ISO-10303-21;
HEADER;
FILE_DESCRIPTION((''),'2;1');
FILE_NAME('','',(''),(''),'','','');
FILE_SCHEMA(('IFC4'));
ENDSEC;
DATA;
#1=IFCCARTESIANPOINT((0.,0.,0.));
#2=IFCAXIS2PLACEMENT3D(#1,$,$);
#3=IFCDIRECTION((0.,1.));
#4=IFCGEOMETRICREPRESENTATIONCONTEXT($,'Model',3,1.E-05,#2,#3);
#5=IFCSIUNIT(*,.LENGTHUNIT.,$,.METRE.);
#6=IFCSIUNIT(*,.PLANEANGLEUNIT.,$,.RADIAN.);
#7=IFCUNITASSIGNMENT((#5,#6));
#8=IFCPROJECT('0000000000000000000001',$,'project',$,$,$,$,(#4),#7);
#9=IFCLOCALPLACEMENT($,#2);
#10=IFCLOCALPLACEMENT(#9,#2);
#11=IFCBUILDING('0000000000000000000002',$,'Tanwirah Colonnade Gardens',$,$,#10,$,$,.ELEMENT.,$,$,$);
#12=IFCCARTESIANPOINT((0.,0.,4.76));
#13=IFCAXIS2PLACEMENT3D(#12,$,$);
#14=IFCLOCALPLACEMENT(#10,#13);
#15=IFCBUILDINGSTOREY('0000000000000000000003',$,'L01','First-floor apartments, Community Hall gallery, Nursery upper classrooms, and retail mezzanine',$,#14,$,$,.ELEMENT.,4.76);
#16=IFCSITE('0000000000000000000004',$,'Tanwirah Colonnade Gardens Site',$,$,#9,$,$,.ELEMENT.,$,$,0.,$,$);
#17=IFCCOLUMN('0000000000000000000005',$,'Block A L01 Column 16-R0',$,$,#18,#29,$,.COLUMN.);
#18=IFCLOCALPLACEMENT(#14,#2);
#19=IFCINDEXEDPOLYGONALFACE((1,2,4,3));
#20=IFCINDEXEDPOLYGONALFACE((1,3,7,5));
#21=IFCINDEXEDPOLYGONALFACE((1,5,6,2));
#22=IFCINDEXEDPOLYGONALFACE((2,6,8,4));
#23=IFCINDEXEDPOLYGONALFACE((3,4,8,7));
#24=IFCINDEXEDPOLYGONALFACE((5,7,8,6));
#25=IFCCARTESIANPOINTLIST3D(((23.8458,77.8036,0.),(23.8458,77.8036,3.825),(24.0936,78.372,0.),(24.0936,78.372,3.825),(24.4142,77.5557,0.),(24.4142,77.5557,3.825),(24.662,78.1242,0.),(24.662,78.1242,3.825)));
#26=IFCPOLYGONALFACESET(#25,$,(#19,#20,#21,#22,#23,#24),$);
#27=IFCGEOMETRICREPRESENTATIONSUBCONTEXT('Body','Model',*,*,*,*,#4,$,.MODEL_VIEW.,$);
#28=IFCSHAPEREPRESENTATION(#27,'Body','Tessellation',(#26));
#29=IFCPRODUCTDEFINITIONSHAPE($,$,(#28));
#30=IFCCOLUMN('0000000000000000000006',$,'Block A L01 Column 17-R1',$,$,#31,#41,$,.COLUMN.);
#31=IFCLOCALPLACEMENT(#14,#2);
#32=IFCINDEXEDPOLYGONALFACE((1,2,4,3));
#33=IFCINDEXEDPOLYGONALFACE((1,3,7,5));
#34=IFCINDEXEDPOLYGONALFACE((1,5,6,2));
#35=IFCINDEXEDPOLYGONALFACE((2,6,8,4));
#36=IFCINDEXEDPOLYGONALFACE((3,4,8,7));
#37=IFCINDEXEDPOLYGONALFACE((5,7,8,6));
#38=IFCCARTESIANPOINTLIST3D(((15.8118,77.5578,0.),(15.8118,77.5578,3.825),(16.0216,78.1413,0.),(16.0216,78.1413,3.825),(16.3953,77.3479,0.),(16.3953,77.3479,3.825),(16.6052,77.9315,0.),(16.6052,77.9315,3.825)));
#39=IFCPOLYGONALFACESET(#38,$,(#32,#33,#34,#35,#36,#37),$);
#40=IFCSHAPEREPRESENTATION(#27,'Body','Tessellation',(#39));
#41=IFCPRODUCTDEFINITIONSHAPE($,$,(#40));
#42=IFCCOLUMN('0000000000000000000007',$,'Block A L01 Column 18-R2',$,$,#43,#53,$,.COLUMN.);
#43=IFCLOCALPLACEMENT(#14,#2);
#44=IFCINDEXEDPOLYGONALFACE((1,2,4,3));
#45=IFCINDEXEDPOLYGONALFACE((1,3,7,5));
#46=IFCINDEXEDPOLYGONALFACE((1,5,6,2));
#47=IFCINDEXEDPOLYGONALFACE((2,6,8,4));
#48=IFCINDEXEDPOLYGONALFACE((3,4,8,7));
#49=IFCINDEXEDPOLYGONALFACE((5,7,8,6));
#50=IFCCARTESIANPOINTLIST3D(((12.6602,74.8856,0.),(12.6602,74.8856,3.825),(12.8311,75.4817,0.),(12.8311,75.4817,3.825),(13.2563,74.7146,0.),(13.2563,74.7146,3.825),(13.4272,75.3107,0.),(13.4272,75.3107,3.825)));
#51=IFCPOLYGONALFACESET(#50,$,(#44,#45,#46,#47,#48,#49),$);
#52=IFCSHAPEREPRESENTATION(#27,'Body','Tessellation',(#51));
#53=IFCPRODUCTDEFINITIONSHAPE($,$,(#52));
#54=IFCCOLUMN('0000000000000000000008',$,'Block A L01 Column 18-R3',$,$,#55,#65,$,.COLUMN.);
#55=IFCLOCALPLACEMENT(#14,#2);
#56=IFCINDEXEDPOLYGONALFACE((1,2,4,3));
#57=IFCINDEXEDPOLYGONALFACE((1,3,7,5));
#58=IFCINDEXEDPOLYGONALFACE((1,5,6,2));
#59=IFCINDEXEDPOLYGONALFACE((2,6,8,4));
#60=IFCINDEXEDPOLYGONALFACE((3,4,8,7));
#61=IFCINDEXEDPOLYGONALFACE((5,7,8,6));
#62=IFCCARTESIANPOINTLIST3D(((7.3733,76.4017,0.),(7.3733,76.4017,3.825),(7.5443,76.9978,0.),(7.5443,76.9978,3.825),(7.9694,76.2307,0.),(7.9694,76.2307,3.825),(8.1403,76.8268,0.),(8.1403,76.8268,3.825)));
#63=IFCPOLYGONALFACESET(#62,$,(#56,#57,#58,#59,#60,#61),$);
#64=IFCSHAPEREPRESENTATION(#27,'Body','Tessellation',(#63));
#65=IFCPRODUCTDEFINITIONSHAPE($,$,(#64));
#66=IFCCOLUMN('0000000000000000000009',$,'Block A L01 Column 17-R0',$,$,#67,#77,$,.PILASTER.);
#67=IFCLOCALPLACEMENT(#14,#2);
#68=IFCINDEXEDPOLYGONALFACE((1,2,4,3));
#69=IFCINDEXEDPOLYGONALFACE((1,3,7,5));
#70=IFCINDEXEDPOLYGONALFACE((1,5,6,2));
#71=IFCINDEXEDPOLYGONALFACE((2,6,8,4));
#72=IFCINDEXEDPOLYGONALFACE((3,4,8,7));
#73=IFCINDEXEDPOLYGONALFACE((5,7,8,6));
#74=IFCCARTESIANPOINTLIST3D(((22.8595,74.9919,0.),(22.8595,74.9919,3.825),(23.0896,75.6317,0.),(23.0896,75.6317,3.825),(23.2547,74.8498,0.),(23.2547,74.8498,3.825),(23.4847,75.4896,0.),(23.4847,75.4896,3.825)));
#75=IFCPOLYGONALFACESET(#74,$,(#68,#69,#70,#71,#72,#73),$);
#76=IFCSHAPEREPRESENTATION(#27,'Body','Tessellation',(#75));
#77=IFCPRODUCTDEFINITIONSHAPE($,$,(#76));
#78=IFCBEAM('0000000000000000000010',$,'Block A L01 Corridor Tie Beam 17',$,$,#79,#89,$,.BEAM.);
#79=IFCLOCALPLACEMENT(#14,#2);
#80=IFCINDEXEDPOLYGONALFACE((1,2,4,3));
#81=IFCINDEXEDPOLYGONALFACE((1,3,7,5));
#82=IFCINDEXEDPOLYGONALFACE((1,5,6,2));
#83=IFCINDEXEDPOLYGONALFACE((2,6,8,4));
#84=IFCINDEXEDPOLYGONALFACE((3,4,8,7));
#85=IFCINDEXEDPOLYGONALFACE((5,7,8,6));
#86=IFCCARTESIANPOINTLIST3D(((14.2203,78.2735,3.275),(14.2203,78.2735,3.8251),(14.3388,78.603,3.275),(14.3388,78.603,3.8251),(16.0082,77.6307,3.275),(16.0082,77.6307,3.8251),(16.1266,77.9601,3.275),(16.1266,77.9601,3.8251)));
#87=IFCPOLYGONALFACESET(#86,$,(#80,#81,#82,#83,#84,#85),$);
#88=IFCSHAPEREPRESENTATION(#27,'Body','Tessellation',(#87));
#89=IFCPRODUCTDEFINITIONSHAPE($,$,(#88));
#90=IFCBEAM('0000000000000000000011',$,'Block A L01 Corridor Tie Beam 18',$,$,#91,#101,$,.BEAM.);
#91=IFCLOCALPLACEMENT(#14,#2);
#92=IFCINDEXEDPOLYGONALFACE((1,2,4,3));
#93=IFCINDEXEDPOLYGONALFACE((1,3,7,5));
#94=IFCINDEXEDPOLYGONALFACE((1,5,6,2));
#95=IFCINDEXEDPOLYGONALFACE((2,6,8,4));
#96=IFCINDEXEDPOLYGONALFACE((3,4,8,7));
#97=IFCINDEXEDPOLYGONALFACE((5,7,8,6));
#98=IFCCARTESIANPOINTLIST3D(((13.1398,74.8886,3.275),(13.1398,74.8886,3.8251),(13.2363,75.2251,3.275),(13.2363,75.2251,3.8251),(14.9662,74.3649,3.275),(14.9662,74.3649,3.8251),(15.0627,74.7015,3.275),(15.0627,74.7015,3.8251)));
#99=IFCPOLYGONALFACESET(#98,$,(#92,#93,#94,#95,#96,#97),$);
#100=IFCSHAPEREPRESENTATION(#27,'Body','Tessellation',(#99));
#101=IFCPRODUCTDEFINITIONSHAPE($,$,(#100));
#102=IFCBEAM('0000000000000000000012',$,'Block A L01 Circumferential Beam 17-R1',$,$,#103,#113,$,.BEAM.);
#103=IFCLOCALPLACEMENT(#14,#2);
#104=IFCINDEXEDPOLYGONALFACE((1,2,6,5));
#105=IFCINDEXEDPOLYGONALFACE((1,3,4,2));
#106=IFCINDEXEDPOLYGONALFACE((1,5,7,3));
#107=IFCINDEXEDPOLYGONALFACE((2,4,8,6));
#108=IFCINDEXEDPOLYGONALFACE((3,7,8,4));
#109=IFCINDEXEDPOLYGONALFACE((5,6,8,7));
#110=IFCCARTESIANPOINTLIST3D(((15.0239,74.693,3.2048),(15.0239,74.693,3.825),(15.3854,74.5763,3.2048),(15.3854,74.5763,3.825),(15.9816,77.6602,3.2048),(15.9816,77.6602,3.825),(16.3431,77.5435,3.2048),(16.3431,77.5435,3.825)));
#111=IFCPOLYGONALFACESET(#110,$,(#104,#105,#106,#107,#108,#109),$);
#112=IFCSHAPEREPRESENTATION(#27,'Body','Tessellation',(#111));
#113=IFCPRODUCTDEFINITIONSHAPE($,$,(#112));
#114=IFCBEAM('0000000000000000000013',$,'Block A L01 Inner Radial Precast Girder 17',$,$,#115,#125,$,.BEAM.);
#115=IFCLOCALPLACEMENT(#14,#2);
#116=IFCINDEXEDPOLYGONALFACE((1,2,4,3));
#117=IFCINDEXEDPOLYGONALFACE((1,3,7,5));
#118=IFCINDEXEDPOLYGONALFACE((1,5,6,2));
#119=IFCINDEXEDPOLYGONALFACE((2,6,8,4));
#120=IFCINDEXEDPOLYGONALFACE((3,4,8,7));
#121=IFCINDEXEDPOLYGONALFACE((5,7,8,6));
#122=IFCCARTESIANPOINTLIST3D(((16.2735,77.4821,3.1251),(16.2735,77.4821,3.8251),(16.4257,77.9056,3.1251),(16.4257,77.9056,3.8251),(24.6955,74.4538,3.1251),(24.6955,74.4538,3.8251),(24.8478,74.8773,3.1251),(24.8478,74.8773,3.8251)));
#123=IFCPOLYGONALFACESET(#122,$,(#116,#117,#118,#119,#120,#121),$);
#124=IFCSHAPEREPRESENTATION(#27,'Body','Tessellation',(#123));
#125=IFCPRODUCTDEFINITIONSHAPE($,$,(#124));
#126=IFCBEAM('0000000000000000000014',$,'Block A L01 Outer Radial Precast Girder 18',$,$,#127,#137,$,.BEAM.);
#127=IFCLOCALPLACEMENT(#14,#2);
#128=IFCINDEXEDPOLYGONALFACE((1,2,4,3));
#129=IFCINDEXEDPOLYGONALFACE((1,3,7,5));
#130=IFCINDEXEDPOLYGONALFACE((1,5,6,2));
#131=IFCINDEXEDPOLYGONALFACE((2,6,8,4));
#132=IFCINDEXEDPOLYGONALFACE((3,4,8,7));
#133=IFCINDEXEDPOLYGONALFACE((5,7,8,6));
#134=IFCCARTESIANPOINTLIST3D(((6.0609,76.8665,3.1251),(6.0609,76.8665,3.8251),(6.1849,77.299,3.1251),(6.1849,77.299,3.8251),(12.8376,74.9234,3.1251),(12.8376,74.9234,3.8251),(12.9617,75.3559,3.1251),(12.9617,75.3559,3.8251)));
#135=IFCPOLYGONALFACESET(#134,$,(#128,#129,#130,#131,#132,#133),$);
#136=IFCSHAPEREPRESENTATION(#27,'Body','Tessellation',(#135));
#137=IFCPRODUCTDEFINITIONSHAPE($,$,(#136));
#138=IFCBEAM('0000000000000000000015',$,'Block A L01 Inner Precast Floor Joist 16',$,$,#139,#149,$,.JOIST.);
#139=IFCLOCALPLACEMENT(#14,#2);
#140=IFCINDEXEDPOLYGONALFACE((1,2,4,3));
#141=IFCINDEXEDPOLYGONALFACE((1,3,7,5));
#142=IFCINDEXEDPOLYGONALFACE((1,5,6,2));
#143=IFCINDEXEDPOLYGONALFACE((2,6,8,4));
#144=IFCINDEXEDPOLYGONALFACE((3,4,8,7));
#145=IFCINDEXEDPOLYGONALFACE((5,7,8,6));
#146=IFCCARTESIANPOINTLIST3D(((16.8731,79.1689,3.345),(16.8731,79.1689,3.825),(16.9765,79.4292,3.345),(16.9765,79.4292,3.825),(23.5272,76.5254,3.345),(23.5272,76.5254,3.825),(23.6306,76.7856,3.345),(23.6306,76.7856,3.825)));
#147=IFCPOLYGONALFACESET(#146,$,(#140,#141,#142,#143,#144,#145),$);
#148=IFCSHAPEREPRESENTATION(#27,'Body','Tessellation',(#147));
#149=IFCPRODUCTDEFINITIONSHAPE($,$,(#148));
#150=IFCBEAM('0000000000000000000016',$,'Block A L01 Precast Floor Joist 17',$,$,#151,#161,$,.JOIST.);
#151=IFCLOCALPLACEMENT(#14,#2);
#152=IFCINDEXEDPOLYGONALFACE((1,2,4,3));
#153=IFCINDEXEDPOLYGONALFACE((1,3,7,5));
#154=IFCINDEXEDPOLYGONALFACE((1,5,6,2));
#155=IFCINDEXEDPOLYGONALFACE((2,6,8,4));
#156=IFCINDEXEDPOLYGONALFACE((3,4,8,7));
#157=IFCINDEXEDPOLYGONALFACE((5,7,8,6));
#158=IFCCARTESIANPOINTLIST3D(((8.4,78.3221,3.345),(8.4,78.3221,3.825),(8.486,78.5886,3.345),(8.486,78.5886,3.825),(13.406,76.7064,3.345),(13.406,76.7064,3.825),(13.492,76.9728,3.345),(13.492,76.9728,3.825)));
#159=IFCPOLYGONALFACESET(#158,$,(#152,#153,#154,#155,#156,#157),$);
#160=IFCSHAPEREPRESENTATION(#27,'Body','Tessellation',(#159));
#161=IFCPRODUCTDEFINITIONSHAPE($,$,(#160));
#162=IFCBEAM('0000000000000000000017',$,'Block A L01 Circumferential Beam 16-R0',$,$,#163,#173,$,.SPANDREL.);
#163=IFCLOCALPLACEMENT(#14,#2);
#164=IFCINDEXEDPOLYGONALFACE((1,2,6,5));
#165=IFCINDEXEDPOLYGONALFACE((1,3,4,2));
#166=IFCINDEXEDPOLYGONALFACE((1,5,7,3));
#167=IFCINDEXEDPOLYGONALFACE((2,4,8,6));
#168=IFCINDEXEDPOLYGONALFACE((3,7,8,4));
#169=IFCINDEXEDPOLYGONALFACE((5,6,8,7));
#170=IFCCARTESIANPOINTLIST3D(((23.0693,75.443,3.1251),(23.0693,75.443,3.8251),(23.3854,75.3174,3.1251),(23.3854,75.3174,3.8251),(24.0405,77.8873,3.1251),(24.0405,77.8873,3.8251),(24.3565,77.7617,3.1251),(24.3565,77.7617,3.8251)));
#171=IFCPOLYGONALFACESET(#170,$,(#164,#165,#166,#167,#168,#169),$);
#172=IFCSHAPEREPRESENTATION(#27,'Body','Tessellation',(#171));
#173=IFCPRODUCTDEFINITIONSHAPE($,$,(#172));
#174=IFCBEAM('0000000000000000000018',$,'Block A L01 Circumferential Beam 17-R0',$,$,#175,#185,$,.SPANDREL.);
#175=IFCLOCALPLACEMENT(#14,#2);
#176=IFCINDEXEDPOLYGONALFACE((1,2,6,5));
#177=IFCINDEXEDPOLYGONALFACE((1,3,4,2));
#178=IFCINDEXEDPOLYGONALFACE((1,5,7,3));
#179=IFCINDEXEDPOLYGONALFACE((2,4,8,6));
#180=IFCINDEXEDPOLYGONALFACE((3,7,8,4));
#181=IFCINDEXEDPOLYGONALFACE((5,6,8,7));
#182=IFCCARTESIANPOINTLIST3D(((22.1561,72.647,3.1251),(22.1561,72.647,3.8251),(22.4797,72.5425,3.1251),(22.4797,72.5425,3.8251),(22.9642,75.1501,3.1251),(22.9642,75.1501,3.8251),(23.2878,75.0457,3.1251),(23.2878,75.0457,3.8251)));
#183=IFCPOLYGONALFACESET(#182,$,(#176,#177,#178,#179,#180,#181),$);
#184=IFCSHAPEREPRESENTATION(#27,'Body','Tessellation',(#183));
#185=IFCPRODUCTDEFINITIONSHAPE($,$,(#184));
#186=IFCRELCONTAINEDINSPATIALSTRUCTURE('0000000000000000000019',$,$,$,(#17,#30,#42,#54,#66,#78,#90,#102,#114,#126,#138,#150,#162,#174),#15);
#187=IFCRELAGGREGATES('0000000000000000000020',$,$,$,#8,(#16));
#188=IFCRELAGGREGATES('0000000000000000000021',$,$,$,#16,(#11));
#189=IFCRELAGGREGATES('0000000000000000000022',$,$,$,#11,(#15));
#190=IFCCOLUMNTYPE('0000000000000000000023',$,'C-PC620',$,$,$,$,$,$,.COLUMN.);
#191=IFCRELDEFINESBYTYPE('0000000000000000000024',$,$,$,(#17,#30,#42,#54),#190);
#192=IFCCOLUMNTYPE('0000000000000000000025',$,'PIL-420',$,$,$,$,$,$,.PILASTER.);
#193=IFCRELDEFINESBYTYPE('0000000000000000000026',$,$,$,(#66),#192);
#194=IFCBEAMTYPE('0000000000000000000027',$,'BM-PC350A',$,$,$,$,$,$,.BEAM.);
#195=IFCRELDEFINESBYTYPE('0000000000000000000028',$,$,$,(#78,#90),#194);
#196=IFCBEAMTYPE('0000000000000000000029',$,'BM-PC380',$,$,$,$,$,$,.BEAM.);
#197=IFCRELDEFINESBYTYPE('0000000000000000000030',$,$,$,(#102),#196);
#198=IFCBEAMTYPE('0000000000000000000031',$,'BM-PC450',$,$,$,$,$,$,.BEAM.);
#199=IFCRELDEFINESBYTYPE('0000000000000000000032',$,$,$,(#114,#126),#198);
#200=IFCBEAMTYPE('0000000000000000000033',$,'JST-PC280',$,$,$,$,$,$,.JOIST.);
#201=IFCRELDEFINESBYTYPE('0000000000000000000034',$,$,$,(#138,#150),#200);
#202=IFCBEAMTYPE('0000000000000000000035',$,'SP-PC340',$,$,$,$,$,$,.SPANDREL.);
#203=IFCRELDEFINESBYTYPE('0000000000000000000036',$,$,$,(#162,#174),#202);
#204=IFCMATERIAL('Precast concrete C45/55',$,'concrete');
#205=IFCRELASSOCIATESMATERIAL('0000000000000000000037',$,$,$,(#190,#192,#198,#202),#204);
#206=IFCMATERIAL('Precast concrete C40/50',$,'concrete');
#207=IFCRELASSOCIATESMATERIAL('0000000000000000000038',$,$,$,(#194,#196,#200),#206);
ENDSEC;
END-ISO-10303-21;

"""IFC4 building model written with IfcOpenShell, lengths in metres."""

from ifc_helpers import new_model, si_unit, direction, frame, origin, origin_2d, place, context, subcontext, project, spatial, rectangle, extrude, material, material_profile, profile_set, type_object, element, save


model = new_model("IFC4")

# Units and contexts
model_context = context("Model", 3, precision=1e-05, world=origin(), true_north=direction((0.0, 1.0)))
body_context = subcontext(model_context, "Body", "Model", "MODEL_VIEW")
ifc_project = project(units=[si_unit("LENGTHUNIT", "METRE"), si_unit("PLANEANGLEUNIT", "RADIAN")], contexts=[model_context])

# Site, building, storey
site_placement = place(None, origin())
site = spatial("IfcSite", under=ifc_project, at=site_placement, Name="Tanwirah Colonnade Gardens Site", CompositionType="ELEMENT", RefElevation=0.0)
building_placement = place(site_placement, origin())
building = spatial("IfcBuilding", under=site, at=building_placement, Name="Tanwirah Colonnade Gardens", CompositionType="ELEMENT")
storey_placement = place(building_placement, frame((0.0, 0.0, 4.76)))
storey = spatial("IfcBuildingStorey", under=building, at=storey_placement, Name="L01", Description="First-floor apartments, Community Hall gallery, Nursery upper classrooms, and retail mezzanine", CompositionType="ELEMENT", Elevation=4.76)

# Columns
ifc_material_1 = material(Name="Precast concrete C45/55", Category="concrete")
ifc_material_profile_1 = material_profile(ifc_material_1, rectangle(XDim=0.6201, YDim=0.6201, at=origin_2d()), Name="PC-COL 620x620")
ifc_profile_set_1 = profile_set([ifc_material_profile_1], Name="Precast concrete C45/55")
column_type_1 = type_object("IfcColumnType", Name="C-PC620", PredefinedType="COLUMN", material=ifc_profile_set_1)
for number, where, z_axis, x_axis, name in (
    (1, (24.2539, 77.9639, 0.0), (0.0, 0.0, 1.0), (-0.916673, 0.399638, 0.0), "Block A L01 Column 16-R0"),
    (2, (16.2085, 77.7446, 0.0), (0.0, 0.0, 1.0), (-0.941012, 0.338373, 0.0), "Block A L01 Column 17-R1"),
    (3, (13.0437, 75.0981, 0.0), (0.0, 0.0, 1.0), (-0.961262, 0.275637, 0.0), "Block A L01 Column 18-R2"),
    (4, (7.7568, 76.6143, 0.0), (0.0, 0.0, 1.0), (-0.961262, 0.275637, 0.0), "Block A L01 Column 18-R3"),
):
    element("IfcColumn", number, at=place(storey_placement, frame(where, z_axis=z_axis, x_axis=x_axis)), inside=storey, type_object=column_type_1, Name=name, PredefinedType="COLUMN", context=body_context, shape_type="SweptSolid", body=[
        extrude(rectangle(XDim=0.6201, YDim=0.6201, at=origin_2d()), origin(), (0.0, 0.0, 1.0), 3.825),
    ])
ifc_material_profile_2 = material_profile(ifc_material_1, rectangle(XDim=0.4199, YDim=0.6799, at=origin_2d()), Name="PC-PIL 420x680")
ifc_profile_set_2 = profile_set([ifc_material_profile_2], Name="Precast concrete C45/55")
column_type_2 = type_object("IfcColumnType", Name="PIL-420", PredefinedType="PILASTER", material=ifc_profile_set_2)
column_placement = place(storey_placement, frame((23.1721, 75.2407, 0.0), z_axis=(0.0, 0.0, 1.0), x_axis=(-0.941012, 0.338373, 0.0)))
element("IfcColumn", 5, at=column_placement, inside=storey, type_object=column_type_2, Name="Block A L01 Column 17-R0", PredefinedType="PILASTER", context=body_context, shape_type="SweptSolid", body=[
    extrude(rectangle(XDim=0.4199, YDim=0.6799, at=origin_2d()), origin(), (0.0, 0.0, 1.0), 3.825),
])

# Beams
ifc_material_2 = material(Name="Precast concrete C40/50", Category="concrete")
ifc_material_profile_3 = material_profile(ifc_material_2, rectangle(XDim=0.3501, YDim=0.55, at=origin_2d()), Name="PC-BM 350x550")
ifc_profile_set_3 = profile_set([ifc_material_profile_3], Name="Precast concrete C40/50")
beam_type_1 = type_object("IfcBeamType", Name="BM-PC350A", PredefinedType="BEAM", material=ifc_profile_set_3)
for number, where, z_axis, x_axis, name in (
    (6, (16.0674, 77.7954, 3.55), (-0.941022, 0.338346, 0.0), (-0.338346, -0.941022, 0.0), "Block A L01 Corridor Tie Beam 17"),
    (7, (15.0144, 74.5332, 3.55), (-0.961267, 0.27562, 0.0), (-0.27562, -0.961267, 0.0), "Block A L01 Corridor Tie Beam 18"),
):
    element("IfcBeam", number, at=place(storey_placement, frame(where, z_axis=z_axis, x_axis=x_axis)), inside=storey, type_object=beam_type_1, Name=name, PredefinedType="BEAM", context=body_context, shape_type="SweptSolid", body=[
        extrude(rectangle(XDim=0.3501, YDim=0.55, at=origin_2d()), origin(), (0.0, 0.0, 1.0), 1.8999),
    ])
ifc_material_profile_4 = material_profile(ifc_material_2, rectangle(XDim=0.3799, YDim=0.6201, at=origin_2d()), Name="PC-BM 380x620")
ifc_profile_set_4 = profile_set([ifc_material_profile_4], Name="Precast concrete C40/50")
beam_type_2 = type_object("IfcBeamType", Name="BM-PC380", PredefinedType="BEAM", material=ifc_profile_set_4)
beam_1_placement = place(storey_placement, frame((16.1624, 77.6018, 3.5149), z_axis=(-0.30717, -0.951655, 0.0), x_axis=(0.951655, -0.30717, 0.0)))
element("IfcBeam", 8, at=beam_1_placement, inside=storey, type_object=beam_type_2, Name="Block A L01 Circumferential Beam 17-R1", PredefinedType="BEAM", context=body_context, shape_type="SweptSolid", body=[
    extrude(rectangle(XDim=0.3799, YDim=0.6201, at=origin_2d()), origin(), (0.0, 0.0, 1.0), 3.1179),
])
ifc_material_profile_5 = material_profile(ifc_material_1, rectangle(XDim=0.45, YDim=0.7, at=origin_2d()), Name="PC-BM 450x700")
ifc_profile_set_5 = profile_set([ifc_material_profile_5], Name="Precast concrete C45/55")
beam_type_3 = type_object("IfcBeamType", Name="BM-PC450", PredefinedType="BEAM", material=ifc_profile_set_5)
beam_2_placement = place(storey_placement, frame((16.3496, 77.6938, 3.4751), z_axis=(0.941017, -0.338359, 0.0), x_axis=(0.338359, 0.941017, 0.0)))
element("IfcBeam", 9, at=beam_2_placement, inside=storey, type_object=beam_type_3, Name="Block A L01 Inner Radial Precast Girder 17", PredefinedType="BEAM", context=body_context, shape_type="SweptSolid", body=[
    extrude(rectangle(XDim=0.45, YDim=0.7, at=origin_2d()), origin(), (0.0, 0.0, 1.0), 8.95),
])
beam_3_placement = place(storey_placement, frame((12.8997, 75.1396, 3.4751), z_axis=(-0.961266, 0.275622, 0.0), x_axis=(-0.275622, -0.961266, 0.0)))
element("IfcBeam", 10, at=beam_3_placement, inside=storey, type_object=beam_type_3, Name="Block A L01 Outer Radial Precast Girder 18", PredefinedType="BEAM", context=body_context, shape_type="SweptSolid", body=[
    extrude(rectangle(XDim=0.45, YDim=0.7, at=origin_2d()), origin(), (0.0, 0.0, 1.0), 7.0498),
])
ifc_material_profile_6 = material_profile(ifc_material_2, rectangle(XDim=0.28, YDim=0.48, at=origin_2d()), Name="PC-JST 280x480")
ifc_profile_set_6 = profile_set([ifc_material_profile_6], Name="Precast concrete C40/50")
beam_type_4 = type_object("IfcBeamType", Name="JST-PC280", PredefinedType="JOIST", material=ifc_profile_set_6)
beam_4_placement = place(storey_placement, frame((23.5789, 76.6555, 3.585), z_axis=(-0.929344, 0.369214, 0.0), x_axis=(-0.369214, -0.929344, 0.0)))
element("IfcBeam", 11, at=beam_4_placement, inside=storey, type_object=beam_type_4, Name="Block A L01 Inner Precast Floor Joist 16", PredefinedType="JOIST", context=body_context, shape_type="SweptSolid", body=[
    extrude(rectangle(XDim=0.28, YDim=0.48, at=origin_2d()), origin(), (0.0, 0.0, 1.0), 7.1599),
])
beam_5_placement = place(storey_placement, frame((13.449, 76.8396, 3.585), z_axis=(-0.951657, 0.307163, 0.0), x_axis=(-0.307163, -0.951657, 0.0)))
element("IfcBeam", 12, at=beam_5_placement, inside=storey, type_object=beam_type_4, Name="Block A L01 Precast Floor Joist 17", PredefinedType="JOIST", context=body_context, shape_type="SweptSolid", body=[
    extrude(rectangle(XDim=0.28, YDim=0.48, at=origin_2d()), origin(), (0.0, 0.0, 1.0), 5.2603),
])
ifc_material_profile_7 = material_profile(ifc_material_1, rectangle(XDim=0.3401, YDim=0.7, at=origin_2d()), Name="PC-SP 340x700")
ifc_profile_set_7 = profile_set([ifc_material_profile_7], Name="Precast concrete C45/55")
beam_type_5 = type_object("IfcBeamType", Name="SP-PC340", PredefinedType="SPANDREL", material=ifc_profile_set_7)
beam_6_placement = place(storey_placement, frame((24.1985, 77.8245, 3.4751), z_axis=(-0.369245, -0.929332, 0.0), x_axis=(0.929332, -0.369245, 0.0)))
element("IfcBeam", 13, at=beam_6_placement, inside=storey, type_object=beam_type_5, Name="Block A L01 Circumferential Beam 16-R0", PredefinedType="SPANDREL", context=body_context, shape_type="SweptSolid", body=[
    extrude(rectangle(XDim=0.3401, YDim=0.7, at=origin_2d()), origin(), (0.0, 0.0, 1.0), 2.6301),
])
beam_7_placement = place(storey_placement, frame((23.126, 75.0979, 3.4751), z_axis=(-0.30722, -0.951639, 0.0), x_axis=(0.951639, -0.30722, 0.0)))
element("IfcBeam", 14, at=beam_7_placement, inside=storey, type_object=beam_type_5, Name="Block A L01 Circumferential Beam 17-R0", PredefinedType="SPANDREL", context=body_context, shape_type="SweptSolid", body=[
    extrude(rectangle(XDim=0.3401, YDim=0.7, at=origin_2d()), origin(), (0.0, 0.0, 1.0), 2.6304),
])

save(model, "model.ifc")
